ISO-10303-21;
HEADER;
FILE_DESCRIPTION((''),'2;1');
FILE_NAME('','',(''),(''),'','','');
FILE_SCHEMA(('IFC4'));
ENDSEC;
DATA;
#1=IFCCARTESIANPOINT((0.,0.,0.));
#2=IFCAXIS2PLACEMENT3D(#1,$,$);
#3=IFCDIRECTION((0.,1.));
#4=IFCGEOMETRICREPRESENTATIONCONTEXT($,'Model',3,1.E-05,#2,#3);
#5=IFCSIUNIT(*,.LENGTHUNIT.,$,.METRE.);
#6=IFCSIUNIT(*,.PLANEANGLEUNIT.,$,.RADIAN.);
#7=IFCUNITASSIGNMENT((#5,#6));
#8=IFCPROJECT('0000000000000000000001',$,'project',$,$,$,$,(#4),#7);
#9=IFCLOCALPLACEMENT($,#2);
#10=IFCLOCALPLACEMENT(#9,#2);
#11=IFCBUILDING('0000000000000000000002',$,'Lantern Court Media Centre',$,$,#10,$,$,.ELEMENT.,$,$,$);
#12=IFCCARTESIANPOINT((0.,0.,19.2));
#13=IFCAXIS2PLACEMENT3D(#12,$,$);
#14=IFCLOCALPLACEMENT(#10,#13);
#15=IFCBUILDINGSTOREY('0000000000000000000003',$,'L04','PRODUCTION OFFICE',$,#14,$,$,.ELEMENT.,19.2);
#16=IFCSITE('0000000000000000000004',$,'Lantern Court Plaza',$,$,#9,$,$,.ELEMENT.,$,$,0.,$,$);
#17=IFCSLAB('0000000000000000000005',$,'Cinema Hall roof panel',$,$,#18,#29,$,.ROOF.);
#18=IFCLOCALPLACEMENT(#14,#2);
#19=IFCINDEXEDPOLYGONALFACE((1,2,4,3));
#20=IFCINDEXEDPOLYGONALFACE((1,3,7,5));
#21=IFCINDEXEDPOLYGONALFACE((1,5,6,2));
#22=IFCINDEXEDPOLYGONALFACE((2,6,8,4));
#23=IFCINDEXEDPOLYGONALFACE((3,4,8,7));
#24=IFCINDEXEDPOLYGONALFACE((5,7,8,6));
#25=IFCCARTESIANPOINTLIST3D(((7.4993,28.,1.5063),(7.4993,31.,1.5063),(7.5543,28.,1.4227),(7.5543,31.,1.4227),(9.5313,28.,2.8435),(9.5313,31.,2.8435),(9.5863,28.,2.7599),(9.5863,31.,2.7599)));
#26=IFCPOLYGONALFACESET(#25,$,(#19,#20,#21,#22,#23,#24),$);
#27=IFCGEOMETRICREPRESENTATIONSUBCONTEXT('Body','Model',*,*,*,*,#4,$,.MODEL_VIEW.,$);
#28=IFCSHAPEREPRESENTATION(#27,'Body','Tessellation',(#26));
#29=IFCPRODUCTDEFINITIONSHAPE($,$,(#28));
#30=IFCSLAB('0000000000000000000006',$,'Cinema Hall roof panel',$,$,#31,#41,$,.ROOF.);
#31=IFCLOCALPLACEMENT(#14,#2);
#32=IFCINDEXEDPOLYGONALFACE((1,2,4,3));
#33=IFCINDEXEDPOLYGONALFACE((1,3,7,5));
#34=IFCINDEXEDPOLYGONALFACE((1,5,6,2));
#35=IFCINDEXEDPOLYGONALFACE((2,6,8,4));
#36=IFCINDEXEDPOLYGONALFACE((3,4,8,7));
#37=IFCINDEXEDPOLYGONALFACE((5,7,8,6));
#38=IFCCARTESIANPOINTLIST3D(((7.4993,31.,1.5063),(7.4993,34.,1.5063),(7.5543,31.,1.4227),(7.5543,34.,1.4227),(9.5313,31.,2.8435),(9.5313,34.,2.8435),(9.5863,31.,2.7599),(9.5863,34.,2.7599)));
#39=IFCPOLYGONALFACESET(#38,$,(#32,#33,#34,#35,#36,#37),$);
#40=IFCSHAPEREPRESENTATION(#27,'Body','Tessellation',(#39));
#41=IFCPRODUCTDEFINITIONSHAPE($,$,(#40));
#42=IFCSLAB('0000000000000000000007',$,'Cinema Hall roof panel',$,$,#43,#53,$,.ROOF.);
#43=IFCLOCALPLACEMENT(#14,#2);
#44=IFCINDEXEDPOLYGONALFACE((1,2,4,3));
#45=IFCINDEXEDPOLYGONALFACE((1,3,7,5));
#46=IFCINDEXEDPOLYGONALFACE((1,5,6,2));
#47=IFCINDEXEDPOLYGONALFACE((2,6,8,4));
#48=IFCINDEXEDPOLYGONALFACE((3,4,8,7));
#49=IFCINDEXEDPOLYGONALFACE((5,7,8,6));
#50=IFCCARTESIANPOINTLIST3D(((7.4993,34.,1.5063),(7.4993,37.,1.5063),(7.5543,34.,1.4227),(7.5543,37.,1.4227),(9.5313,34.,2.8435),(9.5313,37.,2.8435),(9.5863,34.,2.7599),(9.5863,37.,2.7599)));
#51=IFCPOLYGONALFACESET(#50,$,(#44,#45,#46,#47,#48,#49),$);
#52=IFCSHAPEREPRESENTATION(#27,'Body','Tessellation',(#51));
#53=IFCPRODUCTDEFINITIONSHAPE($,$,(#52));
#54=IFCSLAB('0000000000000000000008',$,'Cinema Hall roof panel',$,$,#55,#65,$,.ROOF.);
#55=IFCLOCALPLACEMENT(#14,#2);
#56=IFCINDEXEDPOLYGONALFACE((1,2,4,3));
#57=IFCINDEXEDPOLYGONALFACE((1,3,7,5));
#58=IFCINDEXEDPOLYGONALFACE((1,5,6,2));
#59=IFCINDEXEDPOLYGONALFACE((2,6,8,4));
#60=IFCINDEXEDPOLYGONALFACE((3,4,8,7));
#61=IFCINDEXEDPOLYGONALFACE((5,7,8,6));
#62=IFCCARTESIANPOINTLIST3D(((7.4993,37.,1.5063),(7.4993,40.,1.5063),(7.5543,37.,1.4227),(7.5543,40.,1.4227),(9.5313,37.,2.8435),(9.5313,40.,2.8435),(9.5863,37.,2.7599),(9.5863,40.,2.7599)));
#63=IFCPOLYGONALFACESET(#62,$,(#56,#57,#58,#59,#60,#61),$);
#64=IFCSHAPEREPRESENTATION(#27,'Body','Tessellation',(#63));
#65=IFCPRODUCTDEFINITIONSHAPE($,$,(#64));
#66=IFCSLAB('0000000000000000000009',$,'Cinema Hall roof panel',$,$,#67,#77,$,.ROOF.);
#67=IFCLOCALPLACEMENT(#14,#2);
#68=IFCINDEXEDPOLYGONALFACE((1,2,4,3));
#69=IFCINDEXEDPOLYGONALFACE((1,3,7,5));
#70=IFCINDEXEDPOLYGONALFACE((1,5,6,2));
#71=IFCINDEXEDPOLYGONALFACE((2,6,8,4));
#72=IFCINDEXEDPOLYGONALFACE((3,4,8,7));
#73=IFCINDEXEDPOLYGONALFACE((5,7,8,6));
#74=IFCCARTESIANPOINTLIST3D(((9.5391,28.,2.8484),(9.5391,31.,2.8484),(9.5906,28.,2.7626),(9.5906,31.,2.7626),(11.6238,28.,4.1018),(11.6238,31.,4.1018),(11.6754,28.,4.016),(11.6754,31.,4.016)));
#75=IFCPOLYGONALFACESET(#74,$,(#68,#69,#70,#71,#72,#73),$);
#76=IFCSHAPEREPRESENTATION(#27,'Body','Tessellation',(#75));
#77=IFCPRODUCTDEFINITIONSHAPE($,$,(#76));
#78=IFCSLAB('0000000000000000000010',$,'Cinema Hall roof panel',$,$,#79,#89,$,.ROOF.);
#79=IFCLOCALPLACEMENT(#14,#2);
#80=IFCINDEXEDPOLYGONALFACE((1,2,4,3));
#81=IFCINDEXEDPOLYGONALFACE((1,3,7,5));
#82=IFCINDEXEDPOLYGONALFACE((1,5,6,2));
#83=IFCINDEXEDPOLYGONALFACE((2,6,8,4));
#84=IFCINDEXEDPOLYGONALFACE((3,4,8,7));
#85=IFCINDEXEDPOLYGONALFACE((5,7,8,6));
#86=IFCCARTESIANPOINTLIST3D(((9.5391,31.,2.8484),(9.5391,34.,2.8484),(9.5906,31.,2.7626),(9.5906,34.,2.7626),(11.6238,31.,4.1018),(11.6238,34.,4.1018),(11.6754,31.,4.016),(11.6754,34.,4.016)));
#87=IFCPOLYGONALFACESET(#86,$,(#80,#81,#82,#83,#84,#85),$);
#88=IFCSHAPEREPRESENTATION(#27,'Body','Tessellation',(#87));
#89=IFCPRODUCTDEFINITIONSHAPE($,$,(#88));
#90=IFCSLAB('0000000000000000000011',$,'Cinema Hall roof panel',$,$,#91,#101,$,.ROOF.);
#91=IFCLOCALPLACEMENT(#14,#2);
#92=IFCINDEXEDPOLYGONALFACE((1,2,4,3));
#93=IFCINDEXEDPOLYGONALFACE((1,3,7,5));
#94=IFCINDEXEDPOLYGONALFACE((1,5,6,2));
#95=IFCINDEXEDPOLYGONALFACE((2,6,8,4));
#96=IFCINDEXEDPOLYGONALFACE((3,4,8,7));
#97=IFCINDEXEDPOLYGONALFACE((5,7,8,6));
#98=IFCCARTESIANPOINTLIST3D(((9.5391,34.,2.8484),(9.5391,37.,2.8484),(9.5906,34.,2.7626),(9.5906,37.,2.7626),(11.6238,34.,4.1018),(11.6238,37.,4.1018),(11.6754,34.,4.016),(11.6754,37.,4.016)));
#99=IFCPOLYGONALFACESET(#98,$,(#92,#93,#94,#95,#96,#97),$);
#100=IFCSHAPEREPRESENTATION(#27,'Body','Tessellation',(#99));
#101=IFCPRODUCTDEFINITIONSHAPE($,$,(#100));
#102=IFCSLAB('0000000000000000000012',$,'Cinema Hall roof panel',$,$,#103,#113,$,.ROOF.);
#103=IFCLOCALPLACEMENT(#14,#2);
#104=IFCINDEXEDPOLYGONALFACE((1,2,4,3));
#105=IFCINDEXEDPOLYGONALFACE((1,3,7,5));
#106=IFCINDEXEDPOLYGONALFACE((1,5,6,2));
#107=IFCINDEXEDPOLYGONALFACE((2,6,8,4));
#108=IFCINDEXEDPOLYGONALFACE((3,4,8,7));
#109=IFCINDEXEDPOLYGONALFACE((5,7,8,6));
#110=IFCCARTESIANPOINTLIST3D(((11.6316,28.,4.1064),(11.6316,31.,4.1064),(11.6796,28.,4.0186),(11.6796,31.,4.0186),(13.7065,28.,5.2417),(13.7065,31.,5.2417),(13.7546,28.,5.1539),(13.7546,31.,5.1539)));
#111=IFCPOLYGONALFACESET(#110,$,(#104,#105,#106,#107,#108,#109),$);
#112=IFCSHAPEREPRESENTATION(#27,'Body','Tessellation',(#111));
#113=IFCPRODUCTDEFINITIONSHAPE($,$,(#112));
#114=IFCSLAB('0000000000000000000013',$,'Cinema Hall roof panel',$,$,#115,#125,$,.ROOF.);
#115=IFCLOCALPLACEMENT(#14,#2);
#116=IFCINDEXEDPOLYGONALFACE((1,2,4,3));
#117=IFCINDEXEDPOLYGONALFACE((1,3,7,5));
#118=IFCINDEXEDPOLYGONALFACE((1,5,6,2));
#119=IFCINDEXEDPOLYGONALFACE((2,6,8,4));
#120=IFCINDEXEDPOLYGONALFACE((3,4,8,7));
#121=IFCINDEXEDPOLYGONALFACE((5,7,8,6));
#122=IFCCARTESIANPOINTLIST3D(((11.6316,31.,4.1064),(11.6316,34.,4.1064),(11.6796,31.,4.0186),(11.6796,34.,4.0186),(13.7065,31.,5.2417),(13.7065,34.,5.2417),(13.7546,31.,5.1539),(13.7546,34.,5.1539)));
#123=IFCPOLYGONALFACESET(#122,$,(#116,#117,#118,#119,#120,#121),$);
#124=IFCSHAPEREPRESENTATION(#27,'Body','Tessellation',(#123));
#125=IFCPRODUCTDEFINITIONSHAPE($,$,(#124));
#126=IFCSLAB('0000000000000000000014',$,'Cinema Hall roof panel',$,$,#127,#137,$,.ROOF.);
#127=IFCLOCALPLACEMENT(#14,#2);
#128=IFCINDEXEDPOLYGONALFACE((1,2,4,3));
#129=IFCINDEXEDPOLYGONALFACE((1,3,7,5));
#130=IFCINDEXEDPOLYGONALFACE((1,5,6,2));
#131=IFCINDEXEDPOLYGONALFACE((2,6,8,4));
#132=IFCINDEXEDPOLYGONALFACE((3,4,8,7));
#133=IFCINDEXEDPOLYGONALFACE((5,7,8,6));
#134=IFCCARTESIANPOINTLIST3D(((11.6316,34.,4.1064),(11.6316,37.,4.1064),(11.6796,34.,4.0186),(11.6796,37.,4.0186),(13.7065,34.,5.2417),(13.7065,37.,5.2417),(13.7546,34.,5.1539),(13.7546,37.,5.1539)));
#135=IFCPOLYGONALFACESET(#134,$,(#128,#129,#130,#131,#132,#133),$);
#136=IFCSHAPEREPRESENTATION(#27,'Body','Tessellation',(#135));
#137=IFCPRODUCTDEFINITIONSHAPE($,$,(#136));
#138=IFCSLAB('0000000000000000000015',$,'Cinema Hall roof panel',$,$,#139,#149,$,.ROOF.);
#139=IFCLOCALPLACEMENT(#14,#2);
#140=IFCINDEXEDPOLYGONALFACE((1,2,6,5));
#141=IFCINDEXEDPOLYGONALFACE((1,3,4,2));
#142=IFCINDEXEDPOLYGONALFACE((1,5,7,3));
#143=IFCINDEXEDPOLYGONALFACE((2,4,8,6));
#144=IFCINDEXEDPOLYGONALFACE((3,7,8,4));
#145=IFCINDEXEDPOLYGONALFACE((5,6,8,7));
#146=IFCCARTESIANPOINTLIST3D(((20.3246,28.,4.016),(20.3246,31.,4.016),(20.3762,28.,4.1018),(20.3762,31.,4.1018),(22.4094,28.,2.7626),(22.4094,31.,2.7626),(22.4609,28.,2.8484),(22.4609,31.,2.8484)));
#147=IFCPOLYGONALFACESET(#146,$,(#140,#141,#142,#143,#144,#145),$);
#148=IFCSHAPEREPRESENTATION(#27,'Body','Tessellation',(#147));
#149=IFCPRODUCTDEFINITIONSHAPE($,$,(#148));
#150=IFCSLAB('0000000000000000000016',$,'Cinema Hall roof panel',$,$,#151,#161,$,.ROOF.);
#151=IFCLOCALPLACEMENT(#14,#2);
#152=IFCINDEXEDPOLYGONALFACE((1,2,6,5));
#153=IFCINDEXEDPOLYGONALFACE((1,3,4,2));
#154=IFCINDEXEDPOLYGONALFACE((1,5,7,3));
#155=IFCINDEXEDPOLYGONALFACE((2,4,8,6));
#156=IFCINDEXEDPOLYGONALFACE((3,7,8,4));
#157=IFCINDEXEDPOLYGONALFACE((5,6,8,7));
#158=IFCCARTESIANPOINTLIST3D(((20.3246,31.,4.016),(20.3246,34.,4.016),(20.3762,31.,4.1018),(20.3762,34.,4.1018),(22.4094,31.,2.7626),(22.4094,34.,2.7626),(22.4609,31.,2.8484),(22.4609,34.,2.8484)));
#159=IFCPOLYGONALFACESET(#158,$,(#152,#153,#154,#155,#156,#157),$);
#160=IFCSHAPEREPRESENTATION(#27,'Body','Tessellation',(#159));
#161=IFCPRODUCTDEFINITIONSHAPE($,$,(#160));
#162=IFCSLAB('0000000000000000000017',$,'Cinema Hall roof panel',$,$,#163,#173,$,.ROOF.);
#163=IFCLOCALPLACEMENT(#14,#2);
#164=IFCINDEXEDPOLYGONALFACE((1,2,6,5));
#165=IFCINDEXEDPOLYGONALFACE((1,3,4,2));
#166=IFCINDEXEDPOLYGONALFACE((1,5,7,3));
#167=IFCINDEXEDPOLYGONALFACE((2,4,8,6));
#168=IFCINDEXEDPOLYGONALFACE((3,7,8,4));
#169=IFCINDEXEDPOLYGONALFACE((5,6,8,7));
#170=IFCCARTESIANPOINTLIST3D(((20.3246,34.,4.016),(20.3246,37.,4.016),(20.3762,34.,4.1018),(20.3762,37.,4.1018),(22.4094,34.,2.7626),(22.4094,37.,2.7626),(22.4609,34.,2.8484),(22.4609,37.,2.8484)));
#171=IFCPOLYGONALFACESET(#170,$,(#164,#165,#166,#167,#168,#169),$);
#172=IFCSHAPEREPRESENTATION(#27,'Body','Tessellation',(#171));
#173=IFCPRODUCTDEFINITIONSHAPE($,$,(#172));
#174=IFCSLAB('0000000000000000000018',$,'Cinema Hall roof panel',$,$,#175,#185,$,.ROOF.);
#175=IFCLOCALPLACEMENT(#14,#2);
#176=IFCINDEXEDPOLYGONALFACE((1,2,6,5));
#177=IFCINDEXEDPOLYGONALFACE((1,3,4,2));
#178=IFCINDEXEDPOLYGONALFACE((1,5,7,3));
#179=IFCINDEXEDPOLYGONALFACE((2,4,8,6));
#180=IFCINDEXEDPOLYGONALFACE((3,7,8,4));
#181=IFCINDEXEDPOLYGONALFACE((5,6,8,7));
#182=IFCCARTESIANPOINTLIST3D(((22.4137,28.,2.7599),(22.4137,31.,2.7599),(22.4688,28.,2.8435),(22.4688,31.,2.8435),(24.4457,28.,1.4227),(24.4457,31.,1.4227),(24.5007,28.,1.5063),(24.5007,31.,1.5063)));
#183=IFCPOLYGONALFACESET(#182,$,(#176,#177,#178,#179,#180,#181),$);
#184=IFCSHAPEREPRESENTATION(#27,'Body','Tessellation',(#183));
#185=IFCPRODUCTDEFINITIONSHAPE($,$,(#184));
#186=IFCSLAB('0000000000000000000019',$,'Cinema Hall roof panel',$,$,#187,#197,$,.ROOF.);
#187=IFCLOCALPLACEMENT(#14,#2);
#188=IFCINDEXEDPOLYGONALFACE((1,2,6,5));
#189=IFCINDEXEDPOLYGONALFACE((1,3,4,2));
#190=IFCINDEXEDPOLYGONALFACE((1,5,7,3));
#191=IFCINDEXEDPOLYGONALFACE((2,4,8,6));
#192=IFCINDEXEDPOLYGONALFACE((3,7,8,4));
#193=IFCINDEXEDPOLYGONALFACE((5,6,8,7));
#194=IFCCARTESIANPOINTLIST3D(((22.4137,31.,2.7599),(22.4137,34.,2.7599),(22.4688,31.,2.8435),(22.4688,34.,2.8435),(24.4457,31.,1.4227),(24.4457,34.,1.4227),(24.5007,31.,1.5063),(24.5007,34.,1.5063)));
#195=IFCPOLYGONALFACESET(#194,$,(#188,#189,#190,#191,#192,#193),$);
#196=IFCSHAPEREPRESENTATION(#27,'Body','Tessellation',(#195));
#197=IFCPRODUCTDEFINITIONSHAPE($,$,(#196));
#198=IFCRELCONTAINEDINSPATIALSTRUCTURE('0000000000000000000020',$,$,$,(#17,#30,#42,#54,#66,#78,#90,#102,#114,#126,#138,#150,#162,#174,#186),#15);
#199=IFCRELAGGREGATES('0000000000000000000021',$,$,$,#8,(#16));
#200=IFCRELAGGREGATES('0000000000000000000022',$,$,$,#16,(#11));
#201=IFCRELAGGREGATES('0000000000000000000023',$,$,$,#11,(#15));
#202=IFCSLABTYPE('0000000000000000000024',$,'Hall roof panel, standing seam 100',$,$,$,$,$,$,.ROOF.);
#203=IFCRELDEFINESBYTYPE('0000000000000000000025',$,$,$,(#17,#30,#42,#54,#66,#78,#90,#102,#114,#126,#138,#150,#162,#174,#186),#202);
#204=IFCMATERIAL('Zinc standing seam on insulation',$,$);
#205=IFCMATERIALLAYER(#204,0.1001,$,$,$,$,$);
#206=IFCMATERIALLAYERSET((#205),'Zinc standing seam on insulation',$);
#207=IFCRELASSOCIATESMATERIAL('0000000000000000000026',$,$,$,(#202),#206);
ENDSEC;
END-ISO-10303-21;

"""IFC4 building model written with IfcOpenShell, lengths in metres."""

from ifc_helpers import new_model, si_unit, direction, frame, origin, place, context, subcontext, project, spatial, polyline, outline, extrude, material, layer, layer_set, type_object, element, save


model = new_model("IFC4")

# Units and contexts
model_context = context("Model", 3, precision=1e-05, world=origin(), true_north=direction((0.0, 1.0)))
body_context = subcontext(model_context, "Body", "Model", "MODEL_VIEW")
ifc_project = project(units=[si_unit("LENGTHUNIT", "METRE"), si_unit("PLANEANGLEUNIT", "RADIAN")], contexts=[model_context])

# Site, building, storey
site_placement = place(None, origin())
site = spatial("IfcSite", under=ifc_project, at=site_placement, Name="Lantern Court Plaza", CompositionType="ELEMENT", RefElevation=0.0)
building_placement = place(site_placement, origin())
building = spatial("IfcBuilding", under=site, at=building_placement, Name="Lantern Court Media Centre", CompositionType="ELEMENT")
storey_placement = place(building_placement, frame((0.0, 0.0, 19.2)))
storey = spatial("IfcBuildingStorey", under=building, at=storey_placement, Name="L04", Description="PRODUCTION OFFICE", CompositionType="ELEMENT", Elevation=19.2)

# Slabs
ifc_material = material(Name="Zinc standing seam on insulation")
ifc_layer = layer(ifc_material, 0.1001)
ifc_layer_set = layer_set([ifc_layer], Name="Zinc standing seam on insulation")
slab_type = type_object("IfcSlabType", Name="Hall roof panel, standing seam 100", PredefinedType="ROOF", material=ifc_layer_set)
for number, where, z_axis, x_axis, name in (
    (1, (7.4993, 28.0, 1.5063), (-0.549711, 0.0, 0.835355), (0.835355, 0.0, 0.549711), "Cinema Hall roof panel"),
    (2, (7.4993, 31.0, 1.5063), (-0.549711, 0.0, 0.835355), (0.835355, 0.0, 0.549711), "Cinema Hall roof panel"),
    (3, (7.4993, 34.0, 1.5063), (-0.549711, 0.0, 0.835355), (0.835355, 0.0, 0.549711), "Cinema Hall roof panel"),
    (4, (7.4993, 37.0, 1.5063), (-0.549711, 0.0, 0.835355), (0.835355, 0.0, 0.549711), "Cinema Hall roof panel"),
):
    element("IfcSlab", number, at=place(storey_placement, frame(where, z_axis=z_axis, x_axis=x_axis)), inside=storey, type_object=slab_type, Name=name, PredefinedType="ROOF", context=body_context, shape_type="SweptSolid", body=[
        extrude(outline(polyline([(0.0, 0.0), (2.4325, 0.0), (2.4325, 3.0), (0.0, 3.0), (0.0, 0.0)])), origin(), (0.0, 0.0, -1.0), 0.1001),
    ])
for number, where, z_axis, x_axis, name in (
    (5, (9.5391, 28.0, 2.8484), (-0.515278, 0.0, 0.857023), (0.857023, 0.0, 0.515278), "Cinema Hall roof panel"),
    (6, (9.5391, 31.0, 2.8484), (-0.515278, 0.0, 0.857023), (0.857023, 0.0, 0.515278), "Cinema Hall roof panel"),
    (7, (9.5391, 34.0, 2.8484), (-0.515278, 0.0, 0.857023), (0.857023, 0.0, 0.515278), "Cinema Hall roof panel"),
):
    element("IfcSlab", number, at=place(storey_placement, frame(where, z_axis=z_axis, x_axis=x_axis)), inside=storey, type_object=slab_type, Name=name, PredefinedType="ROOF", context=body_context, shape_type="SweptSolid", body=[
        extrude(outline(polyline([(0.0, 0.0), (2.4325, 0.0), (2.4325, 3.0), (0.0, 3.0), (0.0, 0.0)])), origin(), (0.0, 0.0, -1.0), 0.1001),
    ])
for number, where, z_axis, x_axis, name in (
    (8, (11.6316, 28.0, 4.1064), (-0.47998, 0.0, 0.877279), (0.877279, 0.0, 0.47998), "Cinema Hall roof panel"),
    (9, (11.6316, 31.0, 4.1064), (-0.47998, 0.0, 0.877279), (0.877279, 0.0, 0.47998), "Cinema Hall roof panel"),
    (10, (11.6316, 34.0, 4.1064), (-0.47998, 0.0, 0.877279), (0.877279, 0.0, 0.47998), "Cinema Hall roof panel"),
):
    element("IfcSlab", number, at=place(storey_placement, frame(where, z_axis=z_axis, x_axis=x_axis)), inside=storey, type_object=slab_type, Name=name, PredefinedType="ROOF", context=body_context, shape_type="SweptSolid", body=[
        extrude(outline(polyline([(0.0, 0.0), (2.3652, 0.0), (2.3652, 3.0), (0.0, 3.0), (0.0, 0.0)])), origin(), (0.0, 0.0, -1.0), 0.1001),
    ])
for number, where, z_axis, x_axis, name in (
    (11, (20.3762, 28.0, 4.1018), (0.515278, 0.0, 0.857023), (0.857023, 0.0, -0.515278), "Cinema Hall roof panel"),
    (12, (20.3762, 31.0, 4.1018), (0.515278, 0.0, 0.857023), (0.857023, 0.0, -0.515278), "Cinema Hall roof panel"),
    (13, (20.3762, 34.0, 4.1018), (0.515278, 0.0, 0.857023), (0.857023, 0.0, -0.515278), "Cinema Hall roof panel"),
):
    element("IfcSlab", number, at=place(storey_placement, frame(where, z_axis=z_axis, x_axis=x_axis)), inside=storey, type_object=slab_type, Name=name, PredefinedType="ROOF", context=body_context, shape_type="SweptSolid", body=[
        extrude(outline(polyline([(0.0, 0.0), (2.4325, 0.0), (2.4325, 3.0), (0.0, 3.0), (0.0, 0.0)])), origin(), (0.0, 0.0, -1.0), 0.1001),
    ])
for number, where, z_axis, x_axis, name in (
    (14, (22.4688, 28.0, 2.8435), (0.549711, 0.0, 0.835355), (0.835355, 0.0, -0.549711), "Cinema Hall roof panel"),
    (15, (22.4688, 31.0, 2.8435), (0.549711, 0.0, 0.835355), (0.835355, 0.0, -0.549711), "Cinema Hall roof panel"),
):
    element("IfcSlab", number, at=place(storey_placement, frame(where, z_axis=z_axis, x_axis=x_axis)), inside=storey, type_object=slab_type, Name=name, PredefinedType="ROOF", context=body_context, shape_type="SweptSolid", body=[
        extrude(outline(polyline([(0.0, 0.0), (2.4325, 0.0), (2.4325, 3.0), (0.0, 3.0), (0.0, 0.0)])), origin(), (0.0, 0.0, -1.0), 0.1001),
    ])

save(model, "model.ifc")
